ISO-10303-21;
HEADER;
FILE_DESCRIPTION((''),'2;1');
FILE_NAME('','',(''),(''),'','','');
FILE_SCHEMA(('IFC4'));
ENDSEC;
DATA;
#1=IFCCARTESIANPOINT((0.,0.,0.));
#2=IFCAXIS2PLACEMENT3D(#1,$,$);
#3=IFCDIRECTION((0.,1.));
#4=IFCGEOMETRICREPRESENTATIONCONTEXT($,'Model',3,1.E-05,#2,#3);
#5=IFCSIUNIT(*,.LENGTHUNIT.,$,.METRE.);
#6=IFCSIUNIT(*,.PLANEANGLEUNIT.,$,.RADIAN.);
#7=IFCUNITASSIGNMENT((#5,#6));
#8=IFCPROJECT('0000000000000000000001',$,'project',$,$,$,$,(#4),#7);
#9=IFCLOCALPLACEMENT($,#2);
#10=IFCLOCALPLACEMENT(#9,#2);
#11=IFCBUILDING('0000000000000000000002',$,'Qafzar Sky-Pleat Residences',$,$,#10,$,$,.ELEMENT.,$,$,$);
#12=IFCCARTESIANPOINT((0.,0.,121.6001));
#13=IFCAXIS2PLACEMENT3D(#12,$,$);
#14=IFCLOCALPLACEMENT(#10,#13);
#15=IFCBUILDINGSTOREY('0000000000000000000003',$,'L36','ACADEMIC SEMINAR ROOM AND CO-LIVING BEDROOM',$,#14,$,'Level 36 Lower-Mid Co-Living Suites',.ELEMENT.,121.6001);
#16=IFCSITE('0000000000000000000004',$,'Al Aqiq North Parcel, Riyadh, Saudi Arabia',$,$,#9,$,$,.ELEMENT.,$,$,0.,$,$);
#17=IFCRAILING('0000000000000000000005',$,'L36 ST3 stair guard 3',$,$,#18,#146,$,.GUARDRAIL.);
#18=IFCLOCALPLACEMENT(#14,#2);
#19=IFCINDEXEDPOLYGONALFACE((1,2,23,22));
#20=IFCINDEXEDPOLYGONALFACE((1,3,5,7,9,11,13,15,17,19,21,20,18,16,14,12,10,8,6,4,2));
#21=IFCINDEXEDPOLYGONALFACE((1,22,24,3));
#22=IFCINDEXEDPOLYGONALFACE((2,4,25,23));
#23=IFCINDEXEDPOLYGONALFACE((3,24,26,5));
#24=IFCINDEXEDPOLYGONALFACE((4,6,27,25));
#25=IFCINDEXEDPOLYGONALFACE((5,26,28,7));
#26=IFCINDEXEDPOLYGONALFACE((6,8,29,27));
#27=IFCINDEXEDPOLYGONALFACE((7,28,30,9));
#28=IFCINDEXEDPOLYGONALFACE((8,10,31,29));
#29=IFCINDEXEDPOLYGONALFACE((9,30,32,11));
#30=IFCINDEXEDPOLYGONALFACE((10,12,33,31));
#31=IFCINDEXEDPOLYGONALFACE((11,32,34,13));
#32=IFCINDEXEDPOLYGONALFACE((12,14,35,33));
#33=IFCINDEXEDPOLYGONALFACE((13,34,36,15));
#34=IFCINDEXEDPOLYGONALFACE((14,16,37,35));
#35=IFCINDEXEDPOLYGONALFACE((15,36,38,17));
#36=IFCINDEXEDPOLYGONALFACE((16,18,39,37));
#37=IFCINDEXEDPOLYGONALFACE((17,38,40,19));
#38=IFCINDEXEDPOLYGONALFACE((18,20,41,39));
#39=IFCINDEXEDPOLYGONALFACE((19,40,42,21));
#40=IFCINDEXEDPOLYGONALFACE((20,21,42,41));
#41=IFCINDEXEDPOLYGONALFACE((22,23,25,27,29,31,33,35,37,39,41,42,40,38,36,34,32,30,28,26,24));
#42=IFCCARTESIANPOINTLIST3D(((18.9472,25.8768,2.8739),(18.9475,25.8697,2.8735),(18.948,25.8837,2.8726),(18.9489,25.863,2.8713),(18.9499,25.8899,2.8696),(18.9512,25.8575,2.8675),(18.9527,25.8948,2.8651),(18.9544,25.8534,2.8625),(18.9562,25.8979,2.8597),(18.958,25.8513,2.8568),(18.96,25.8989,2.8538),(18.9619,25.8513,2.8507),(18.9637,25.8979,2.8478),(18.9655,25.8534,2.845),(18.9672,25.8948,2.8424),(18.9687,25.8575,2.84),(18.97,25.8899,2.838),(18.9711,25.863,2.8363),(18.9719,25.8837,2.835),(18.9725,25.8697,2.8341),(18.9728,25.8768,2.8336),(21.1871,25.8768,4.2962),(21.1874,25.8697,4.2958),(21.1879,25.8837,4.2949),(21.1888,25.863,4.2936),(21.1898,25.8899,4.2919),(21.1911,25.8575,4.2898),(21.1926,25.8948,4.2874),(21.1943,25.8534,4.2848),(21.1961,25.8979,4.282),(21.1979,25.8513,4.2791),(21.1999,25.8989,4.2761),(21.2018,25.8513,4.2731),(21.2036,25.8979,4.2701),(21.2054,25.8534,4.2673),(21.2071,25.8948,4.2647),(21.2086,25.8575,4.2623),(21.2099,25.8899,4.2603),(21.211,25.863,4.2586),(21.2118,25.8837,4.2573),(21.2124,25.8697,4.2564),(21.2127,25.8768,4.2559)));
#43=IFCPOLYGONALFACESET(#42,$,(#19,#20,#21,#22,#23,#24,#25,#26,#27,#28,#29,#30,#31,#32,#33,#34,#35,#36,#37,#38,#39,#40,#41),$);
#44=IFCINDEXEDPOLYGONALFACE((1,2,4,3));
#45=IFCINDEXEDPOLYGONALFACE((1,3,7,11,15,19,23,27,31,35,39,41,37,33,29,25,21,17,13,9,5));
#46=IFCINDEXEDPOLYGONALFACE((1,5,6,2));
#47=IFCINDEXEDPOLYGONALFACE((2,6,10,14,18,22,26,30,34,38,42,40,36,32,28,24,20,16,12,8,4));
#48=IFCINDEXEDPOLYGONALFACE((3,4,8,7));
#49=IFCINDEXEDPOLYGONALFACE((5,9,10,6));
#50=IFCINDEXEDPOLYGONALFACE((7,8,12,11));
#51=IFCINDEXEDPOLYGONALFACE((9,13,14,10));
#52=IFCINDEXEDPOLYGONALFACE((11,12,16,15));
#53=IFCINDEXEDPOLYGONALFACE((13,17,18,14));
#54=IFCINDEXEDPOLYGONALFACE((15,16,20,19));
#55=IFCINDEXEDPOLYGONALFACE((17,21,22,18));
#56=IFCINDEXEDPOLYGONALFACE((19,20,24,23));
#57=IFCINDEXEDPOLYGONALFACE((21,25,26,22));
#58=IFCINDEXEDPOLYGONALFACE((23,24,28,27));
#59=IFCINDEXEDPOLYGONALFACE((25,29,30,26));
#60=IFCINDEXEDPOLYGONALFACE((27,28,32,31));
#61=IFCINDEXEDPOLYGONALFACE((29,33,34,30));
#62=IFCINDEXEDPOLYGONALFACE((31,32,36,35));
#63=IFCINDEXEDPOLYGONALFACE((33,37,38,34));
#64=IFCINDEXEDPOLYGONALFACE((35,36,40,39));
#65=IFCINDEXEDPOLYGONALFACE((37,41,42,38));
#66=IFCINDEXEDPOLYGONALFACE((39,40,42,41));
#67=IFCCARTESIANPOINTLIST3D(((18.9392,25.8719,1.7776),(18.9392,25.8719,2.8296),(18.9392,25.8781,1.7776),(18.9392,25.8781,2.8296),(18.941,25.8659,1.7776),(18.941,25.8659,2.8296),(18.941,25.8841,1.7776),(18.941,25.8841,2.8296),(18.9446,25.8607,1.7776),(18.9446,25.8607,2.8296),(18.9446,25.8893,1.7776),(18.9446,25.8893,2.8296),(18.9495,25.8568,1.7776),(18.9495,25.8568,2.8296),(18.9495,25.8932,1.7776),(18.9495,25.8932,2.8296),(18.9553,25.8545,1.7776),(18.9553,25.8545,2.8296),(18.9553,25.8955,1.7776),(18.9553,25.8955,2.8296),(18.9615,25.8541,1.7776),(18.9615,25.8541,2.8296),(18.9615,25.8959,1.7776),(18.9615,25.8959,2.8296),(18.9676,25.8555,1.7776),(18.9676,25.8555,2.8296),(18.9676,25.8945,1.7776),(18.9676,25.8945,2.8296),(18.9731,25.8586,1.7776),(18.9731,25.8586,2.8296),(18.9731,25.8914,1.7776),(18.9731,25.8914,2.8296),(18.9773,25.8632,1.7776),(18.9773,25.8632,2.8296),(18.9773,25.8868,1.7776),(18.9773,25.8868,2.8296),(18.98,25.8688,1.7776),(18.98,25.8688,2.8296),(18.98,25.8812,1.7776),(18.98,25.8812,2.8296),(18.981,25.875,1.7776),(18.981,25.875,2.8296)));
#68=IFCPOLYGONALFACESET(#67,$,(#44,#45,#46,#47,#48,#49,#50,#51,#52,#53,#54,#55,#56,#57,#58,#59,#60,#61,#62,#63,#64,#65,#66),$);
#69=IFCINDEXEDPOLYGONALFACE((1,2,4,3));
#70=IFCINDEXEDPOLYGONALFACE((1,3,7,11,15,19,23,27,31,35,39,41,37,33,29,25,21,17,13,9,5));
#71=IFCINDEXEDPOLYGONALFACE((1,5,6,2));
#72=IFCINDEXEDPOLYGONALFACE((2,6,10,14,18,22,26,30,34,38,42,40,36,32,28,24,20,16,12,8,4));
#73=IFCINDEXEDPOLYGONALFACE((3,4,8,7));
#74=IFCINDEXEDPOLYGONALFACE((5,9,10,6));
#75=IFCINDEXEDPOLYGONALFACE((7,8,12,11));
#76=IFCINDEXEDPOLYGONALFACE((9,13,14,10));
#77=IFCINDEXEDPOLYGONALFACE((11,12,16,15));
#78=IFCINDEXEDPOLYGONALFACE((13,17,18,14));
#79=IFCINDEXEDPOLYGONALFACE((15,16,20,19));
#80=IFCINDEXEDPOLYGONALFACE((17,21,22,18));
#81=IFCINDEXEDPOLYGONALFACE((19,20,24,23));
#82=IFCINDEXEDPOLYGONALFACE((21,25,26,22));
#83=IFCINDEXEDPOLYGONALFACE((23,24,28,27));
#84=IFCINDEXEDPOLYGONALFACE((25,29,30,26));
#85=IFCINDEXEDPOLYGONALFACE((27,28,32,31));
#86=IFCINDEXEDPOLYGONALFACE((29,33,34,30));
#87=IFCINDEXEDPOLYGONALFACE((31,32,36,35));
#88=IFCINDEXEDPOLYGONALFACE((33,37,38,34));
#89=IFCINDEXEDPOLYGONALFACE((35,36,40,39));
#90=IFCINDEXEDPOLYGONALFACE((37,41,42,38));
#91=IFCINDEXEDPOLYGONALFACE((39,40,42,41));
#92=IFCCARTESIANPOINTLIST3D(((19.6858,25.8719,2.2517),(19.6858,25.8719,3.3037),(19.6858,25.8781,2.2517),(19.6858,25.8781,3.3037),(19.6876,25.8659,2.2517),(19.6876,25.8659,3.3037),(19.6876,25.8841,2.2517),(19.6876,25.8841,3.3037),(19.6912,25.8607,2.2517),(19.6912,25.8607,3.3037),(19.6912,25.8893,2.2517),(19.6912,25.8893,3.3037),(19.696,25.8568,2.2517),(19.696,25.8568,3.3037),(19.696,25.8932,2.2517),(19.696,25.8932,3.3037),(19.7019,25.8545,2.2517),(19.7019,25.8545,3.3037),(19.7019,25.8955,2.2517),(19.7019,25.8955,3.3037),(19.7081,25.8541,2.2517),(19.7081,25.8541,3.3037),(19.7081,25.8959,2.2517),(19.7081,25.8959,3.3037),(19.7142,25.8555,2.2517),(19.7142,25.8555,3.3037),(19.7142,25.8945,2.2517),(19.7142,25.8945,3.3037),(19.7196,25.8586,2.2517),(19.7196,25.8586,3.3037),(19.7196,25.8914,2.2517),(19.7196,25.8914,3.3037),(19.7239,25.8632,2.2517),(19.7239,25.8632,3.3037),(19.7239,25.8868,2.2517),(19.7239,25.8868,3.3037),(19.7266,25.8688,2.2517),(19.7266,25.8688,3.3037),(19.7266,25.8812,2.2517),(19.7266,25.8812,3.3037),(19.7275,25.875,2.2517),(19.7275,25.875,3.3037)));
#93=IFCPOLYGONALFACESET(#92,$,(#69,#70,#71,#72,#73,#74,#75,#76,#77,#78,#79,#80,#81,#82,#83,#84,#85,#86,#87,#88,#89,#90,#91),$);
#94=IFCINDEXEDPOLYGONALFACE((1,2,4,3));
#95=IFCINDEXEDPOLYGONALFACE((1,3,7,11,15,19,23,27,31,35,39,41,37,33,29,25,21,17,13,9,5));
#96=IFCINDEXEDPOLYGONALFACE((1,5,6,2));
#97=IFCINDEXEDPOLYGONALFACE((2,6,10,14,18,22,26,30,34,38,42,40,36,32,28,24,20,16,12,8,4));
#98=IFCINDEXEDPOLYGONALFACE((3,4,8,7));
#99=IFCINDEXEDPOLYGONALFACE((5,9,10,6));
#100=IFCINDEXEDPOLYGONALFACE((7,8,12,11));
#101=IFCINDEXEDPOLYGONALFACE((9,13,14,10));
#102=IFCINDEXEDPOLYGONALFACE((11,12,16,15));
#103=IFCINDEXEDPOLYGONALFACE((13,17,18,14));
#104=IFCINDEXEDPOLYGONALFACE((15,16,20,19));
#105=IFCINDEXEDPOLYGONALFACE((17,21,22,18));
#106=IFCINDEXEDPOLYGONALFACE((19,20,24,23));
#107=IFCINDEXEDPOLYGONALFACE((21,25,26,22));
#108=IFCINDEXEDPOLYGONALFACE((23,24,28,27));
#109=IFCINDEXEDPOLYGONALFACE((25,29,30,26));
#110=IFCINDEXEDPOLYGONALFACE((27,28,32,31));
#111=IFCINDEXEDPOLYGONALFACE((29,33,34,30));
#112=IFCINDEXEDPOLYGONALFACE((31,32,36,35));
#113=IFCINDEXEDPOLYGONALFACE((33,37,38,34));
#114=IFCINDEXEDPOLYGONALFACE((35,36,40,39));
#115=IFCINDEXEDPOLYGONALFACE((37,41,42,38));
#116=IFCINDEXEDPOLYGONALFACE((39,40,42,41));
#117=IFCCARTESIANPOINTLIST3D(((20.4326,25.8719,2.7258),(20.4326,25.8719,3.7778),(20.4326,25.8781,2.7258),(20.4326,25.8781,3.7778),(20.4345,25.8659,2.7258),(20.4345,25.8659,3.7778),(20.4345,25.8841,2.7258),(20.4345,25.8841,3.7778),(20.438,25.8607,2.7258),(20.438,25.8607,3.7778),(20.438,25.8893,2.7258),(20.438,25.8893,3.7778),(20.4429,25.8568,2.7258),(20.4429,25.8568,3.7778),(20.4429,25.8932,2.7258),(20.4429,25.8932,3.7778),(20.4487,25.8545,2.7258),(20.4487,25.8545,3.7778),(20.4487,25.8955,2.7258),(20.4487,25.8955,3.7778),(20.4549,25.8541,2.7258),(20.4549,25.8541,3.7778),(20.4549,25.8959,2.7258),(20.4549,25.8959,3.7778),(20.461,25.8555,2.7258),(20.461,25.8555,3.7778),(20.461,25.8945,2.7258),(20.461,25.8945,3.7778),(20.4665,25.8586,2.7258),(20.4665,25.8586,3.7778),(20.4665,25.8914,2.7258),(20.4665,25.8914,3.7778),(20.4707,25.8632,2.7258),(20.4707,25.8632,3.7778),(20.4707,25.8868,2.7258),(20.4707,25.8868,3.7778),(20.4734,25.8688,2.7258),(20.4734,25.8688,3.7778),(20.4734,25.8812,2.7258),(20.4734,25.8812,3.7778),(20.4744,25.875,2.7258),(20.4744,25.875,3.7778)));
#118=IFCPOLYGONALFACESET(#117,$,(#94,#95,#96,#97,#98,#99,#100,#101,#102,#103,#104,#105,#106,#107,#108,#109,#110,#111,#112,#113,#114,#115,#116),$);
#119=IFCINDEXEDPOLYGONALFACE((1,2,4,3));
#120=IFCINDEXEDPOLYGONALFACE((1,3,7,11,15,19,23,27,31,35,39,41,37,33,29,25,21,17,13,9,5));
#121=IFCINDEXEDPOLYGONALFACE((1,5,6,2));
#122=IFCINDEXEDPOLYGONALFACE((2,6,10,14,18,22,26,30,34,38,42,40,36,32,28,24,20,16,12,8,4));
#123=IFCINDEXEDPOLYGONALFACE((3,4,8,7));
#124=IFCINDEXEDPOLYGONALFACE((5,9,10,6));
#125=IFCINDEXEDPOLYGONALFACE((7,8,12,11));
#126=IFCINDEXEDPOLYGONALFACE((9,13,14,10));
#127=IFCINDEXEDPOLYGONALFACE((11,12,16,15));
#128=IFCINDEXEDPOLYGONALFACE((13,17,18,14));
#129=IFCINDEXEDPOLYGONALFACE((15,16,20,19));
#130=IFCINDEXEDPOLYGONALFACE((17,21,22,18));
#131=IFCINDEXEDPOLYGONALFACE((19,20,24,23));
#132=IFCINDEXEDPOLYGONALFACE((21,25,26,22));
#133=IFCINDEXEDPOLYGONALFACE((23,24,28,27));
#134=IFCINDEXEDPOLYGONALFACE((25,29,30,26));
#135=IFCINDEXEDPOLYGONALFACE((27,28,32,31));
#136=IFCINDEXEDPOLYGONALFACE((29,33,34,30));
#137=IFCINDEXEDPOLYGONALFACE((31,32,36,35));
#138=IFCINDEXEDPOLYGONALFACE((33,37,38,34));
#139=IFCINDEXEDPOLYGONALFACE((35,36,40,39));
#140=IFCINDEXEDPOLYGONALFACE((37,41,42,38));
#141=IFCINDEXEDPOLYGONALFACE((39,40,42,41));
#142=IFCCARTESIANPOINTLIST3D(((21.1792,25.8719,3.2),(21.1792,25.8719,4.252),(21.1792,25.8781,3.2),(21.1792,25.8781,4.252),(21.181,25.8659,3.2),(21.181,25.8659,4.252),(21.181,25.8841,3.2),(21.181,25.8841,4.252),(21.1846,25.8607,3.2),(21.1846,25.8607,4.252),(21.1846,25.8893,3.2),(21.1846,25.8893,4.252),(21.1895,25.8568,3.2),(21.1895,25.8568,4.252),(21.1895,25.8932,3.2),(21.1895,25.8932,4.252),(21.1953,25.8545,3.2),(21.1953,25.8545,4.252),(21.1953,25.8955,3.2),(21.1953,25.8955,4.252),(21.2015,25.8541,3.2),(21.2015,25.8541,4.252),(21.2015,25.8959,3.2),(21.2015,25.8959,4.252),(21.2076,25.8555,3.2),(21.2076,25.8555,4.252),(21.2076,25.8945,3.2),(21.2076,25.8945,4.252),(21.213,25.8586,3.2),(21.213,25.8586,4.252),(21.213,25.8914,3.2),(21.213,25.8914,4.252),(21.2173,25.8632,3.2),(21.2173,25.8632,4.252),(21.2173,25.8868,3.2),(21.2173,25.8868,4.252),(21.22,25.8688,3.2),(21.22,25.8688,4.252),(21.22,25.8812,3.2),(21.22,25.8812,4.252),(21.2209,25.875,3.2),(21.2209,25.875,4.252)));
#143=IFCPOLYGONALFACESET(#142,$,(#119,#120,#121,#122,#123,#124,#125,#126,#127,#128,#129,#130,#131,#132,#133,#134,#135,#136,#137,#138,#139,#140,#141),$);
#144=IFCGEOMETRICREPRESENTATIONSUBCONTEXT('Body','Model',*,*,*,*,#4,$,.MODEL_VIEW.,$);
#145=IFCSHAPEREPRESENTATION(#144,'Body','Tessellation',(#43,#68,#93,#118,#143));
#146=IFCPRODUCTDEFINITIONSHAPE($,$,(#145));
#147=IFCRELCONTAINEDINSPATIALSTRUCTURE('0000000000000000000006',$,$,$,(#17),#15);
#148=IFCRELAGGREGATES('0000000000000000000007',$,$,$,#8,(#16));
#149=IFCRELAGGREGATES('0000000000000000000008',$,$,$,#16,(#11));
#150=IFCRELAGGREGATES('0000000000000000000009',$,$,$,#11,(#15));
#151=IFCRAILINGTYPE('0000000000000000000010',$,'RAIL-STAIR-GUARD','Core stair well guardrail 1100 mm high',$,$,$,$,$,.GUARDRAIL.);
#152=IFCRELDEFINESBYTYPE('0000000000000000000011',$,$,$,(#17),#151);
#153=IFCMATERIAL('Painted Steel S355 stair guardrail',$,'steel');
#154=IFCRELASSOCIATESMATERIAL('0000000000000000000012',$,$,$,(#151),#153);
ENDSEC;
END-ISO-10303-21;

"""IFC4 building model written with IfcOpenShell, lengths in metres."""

from ifc_helpers import new_model, si_unit, direction, frame, origin, origin_2d, place, context, subcontext, project, spatial, circle, extrude, source, transform, mapped, material, type_object, element, save


model = new_model("IFC4")

# Units and contexts
model_context = context("Model", 3, precision=1e-05, world=origin(), true_north=direction((0.0, 1.0)))
body_context = subcontext(model_context, "Body", "Model", "MODEL_VIEW")
ifc_project = project(units=[si_unit("LENGTHUNIT", "METRE"), si_unit("PLANEANGLEUNIT", "RADIAN")], contexts=[model_context])

# Site, building, storey
site_placement = place(None, origin())
site = spatial("IfcSite", under=ifc_project, at=site_placement, Name="Al Aqiq North Parcel, Riyadh, Saudi Arabia", CompositionType="ELEMENT", RefElevation=0.0)
building_placement = place(site_placement, origin())
building = spatial("IfcBuilding", under=site, at=building_placement, Name="Qafzar Sky-Pleat Residences", CompositionType="ELEMENT")
storey_placement = place(building_placement, frame((0.0, 0.0, 121.6001)))
storey = spatial("IfcBuildingStorey", under=building, at=storey_placement, Name="L36", Description="ACADEMIC SEMINAR ROOM AND CO-LIVING BEDROOM", LongName="Level 36 Lower-Mid Co-Living Suites", CompositionType="ELEMENT", Elevation=121.6001)

# Railing
ifc_material_1 = material(Name="Painted Steel S355 stair guardrail", Category="steel")
railing_type_1 = type_object("IfcRailingType", Name="RAIL-STAIR-GUARD", Description="Core stair well guardrail 1100 mm high", PredefinedType="GUARDRAIL", material=ifc_material_1)
shared_shape_1 = source(origin(), body_context, "Body", "SweptSolid", [
    extrude(circle(Radius=0.0239, at=origin_2d()), frame((0.0, 0.0, 1.0762), z_axis=(0.844188, 0.0, 0.536048), x_axis=(0.0, 1.0, 0.0)), (0.0, 0.0, 1.0), 2.6533),
    extrude(circle(Radius=0.021, at=origin_2d()), origin(), (0.0, 0.0, 1.0), 1.052),
    extrude(circle(Radius=0.021, at=origin_2d()), frame((0.7466, 0.0, 0.4741)), (0.0, 0.0, 1.0), 1.052),
    extrude(circle(Radius=0.021, at=origin_2d()), frame((1.4934, 0.0, 0.9482)), (0.0, 0.0, 1.0), 1.052),
    extrude(circle(Radius=0.021, at=origin_2d()), frame((2.24, 0.0, 1.4224)), (0.0, 0.0, 1.0), 1.052),
])
railing_1_placement = place(storey_placement, frame((18.96, 25.875, 1.7776)))
element("IfcRailing", 1, at=railing_1_placement, inside=storey, type_object=railing_type_1, Name="L36 ST3 stair guard 3", PredefinedType="GUARDRAIL", context=body_context, shape_type="MappedRepresentation", body=[
    mapped(shared_shape_1, transform((0.0, 0.0, 0.0), x_axis=(1.0, 0.0, 0.0), y_axis=(0.0, 1.0, 0.0), z_axis=(0.0, 0.0, 1.0), scale=1.0)),
])

save(model, "model.ifc")
